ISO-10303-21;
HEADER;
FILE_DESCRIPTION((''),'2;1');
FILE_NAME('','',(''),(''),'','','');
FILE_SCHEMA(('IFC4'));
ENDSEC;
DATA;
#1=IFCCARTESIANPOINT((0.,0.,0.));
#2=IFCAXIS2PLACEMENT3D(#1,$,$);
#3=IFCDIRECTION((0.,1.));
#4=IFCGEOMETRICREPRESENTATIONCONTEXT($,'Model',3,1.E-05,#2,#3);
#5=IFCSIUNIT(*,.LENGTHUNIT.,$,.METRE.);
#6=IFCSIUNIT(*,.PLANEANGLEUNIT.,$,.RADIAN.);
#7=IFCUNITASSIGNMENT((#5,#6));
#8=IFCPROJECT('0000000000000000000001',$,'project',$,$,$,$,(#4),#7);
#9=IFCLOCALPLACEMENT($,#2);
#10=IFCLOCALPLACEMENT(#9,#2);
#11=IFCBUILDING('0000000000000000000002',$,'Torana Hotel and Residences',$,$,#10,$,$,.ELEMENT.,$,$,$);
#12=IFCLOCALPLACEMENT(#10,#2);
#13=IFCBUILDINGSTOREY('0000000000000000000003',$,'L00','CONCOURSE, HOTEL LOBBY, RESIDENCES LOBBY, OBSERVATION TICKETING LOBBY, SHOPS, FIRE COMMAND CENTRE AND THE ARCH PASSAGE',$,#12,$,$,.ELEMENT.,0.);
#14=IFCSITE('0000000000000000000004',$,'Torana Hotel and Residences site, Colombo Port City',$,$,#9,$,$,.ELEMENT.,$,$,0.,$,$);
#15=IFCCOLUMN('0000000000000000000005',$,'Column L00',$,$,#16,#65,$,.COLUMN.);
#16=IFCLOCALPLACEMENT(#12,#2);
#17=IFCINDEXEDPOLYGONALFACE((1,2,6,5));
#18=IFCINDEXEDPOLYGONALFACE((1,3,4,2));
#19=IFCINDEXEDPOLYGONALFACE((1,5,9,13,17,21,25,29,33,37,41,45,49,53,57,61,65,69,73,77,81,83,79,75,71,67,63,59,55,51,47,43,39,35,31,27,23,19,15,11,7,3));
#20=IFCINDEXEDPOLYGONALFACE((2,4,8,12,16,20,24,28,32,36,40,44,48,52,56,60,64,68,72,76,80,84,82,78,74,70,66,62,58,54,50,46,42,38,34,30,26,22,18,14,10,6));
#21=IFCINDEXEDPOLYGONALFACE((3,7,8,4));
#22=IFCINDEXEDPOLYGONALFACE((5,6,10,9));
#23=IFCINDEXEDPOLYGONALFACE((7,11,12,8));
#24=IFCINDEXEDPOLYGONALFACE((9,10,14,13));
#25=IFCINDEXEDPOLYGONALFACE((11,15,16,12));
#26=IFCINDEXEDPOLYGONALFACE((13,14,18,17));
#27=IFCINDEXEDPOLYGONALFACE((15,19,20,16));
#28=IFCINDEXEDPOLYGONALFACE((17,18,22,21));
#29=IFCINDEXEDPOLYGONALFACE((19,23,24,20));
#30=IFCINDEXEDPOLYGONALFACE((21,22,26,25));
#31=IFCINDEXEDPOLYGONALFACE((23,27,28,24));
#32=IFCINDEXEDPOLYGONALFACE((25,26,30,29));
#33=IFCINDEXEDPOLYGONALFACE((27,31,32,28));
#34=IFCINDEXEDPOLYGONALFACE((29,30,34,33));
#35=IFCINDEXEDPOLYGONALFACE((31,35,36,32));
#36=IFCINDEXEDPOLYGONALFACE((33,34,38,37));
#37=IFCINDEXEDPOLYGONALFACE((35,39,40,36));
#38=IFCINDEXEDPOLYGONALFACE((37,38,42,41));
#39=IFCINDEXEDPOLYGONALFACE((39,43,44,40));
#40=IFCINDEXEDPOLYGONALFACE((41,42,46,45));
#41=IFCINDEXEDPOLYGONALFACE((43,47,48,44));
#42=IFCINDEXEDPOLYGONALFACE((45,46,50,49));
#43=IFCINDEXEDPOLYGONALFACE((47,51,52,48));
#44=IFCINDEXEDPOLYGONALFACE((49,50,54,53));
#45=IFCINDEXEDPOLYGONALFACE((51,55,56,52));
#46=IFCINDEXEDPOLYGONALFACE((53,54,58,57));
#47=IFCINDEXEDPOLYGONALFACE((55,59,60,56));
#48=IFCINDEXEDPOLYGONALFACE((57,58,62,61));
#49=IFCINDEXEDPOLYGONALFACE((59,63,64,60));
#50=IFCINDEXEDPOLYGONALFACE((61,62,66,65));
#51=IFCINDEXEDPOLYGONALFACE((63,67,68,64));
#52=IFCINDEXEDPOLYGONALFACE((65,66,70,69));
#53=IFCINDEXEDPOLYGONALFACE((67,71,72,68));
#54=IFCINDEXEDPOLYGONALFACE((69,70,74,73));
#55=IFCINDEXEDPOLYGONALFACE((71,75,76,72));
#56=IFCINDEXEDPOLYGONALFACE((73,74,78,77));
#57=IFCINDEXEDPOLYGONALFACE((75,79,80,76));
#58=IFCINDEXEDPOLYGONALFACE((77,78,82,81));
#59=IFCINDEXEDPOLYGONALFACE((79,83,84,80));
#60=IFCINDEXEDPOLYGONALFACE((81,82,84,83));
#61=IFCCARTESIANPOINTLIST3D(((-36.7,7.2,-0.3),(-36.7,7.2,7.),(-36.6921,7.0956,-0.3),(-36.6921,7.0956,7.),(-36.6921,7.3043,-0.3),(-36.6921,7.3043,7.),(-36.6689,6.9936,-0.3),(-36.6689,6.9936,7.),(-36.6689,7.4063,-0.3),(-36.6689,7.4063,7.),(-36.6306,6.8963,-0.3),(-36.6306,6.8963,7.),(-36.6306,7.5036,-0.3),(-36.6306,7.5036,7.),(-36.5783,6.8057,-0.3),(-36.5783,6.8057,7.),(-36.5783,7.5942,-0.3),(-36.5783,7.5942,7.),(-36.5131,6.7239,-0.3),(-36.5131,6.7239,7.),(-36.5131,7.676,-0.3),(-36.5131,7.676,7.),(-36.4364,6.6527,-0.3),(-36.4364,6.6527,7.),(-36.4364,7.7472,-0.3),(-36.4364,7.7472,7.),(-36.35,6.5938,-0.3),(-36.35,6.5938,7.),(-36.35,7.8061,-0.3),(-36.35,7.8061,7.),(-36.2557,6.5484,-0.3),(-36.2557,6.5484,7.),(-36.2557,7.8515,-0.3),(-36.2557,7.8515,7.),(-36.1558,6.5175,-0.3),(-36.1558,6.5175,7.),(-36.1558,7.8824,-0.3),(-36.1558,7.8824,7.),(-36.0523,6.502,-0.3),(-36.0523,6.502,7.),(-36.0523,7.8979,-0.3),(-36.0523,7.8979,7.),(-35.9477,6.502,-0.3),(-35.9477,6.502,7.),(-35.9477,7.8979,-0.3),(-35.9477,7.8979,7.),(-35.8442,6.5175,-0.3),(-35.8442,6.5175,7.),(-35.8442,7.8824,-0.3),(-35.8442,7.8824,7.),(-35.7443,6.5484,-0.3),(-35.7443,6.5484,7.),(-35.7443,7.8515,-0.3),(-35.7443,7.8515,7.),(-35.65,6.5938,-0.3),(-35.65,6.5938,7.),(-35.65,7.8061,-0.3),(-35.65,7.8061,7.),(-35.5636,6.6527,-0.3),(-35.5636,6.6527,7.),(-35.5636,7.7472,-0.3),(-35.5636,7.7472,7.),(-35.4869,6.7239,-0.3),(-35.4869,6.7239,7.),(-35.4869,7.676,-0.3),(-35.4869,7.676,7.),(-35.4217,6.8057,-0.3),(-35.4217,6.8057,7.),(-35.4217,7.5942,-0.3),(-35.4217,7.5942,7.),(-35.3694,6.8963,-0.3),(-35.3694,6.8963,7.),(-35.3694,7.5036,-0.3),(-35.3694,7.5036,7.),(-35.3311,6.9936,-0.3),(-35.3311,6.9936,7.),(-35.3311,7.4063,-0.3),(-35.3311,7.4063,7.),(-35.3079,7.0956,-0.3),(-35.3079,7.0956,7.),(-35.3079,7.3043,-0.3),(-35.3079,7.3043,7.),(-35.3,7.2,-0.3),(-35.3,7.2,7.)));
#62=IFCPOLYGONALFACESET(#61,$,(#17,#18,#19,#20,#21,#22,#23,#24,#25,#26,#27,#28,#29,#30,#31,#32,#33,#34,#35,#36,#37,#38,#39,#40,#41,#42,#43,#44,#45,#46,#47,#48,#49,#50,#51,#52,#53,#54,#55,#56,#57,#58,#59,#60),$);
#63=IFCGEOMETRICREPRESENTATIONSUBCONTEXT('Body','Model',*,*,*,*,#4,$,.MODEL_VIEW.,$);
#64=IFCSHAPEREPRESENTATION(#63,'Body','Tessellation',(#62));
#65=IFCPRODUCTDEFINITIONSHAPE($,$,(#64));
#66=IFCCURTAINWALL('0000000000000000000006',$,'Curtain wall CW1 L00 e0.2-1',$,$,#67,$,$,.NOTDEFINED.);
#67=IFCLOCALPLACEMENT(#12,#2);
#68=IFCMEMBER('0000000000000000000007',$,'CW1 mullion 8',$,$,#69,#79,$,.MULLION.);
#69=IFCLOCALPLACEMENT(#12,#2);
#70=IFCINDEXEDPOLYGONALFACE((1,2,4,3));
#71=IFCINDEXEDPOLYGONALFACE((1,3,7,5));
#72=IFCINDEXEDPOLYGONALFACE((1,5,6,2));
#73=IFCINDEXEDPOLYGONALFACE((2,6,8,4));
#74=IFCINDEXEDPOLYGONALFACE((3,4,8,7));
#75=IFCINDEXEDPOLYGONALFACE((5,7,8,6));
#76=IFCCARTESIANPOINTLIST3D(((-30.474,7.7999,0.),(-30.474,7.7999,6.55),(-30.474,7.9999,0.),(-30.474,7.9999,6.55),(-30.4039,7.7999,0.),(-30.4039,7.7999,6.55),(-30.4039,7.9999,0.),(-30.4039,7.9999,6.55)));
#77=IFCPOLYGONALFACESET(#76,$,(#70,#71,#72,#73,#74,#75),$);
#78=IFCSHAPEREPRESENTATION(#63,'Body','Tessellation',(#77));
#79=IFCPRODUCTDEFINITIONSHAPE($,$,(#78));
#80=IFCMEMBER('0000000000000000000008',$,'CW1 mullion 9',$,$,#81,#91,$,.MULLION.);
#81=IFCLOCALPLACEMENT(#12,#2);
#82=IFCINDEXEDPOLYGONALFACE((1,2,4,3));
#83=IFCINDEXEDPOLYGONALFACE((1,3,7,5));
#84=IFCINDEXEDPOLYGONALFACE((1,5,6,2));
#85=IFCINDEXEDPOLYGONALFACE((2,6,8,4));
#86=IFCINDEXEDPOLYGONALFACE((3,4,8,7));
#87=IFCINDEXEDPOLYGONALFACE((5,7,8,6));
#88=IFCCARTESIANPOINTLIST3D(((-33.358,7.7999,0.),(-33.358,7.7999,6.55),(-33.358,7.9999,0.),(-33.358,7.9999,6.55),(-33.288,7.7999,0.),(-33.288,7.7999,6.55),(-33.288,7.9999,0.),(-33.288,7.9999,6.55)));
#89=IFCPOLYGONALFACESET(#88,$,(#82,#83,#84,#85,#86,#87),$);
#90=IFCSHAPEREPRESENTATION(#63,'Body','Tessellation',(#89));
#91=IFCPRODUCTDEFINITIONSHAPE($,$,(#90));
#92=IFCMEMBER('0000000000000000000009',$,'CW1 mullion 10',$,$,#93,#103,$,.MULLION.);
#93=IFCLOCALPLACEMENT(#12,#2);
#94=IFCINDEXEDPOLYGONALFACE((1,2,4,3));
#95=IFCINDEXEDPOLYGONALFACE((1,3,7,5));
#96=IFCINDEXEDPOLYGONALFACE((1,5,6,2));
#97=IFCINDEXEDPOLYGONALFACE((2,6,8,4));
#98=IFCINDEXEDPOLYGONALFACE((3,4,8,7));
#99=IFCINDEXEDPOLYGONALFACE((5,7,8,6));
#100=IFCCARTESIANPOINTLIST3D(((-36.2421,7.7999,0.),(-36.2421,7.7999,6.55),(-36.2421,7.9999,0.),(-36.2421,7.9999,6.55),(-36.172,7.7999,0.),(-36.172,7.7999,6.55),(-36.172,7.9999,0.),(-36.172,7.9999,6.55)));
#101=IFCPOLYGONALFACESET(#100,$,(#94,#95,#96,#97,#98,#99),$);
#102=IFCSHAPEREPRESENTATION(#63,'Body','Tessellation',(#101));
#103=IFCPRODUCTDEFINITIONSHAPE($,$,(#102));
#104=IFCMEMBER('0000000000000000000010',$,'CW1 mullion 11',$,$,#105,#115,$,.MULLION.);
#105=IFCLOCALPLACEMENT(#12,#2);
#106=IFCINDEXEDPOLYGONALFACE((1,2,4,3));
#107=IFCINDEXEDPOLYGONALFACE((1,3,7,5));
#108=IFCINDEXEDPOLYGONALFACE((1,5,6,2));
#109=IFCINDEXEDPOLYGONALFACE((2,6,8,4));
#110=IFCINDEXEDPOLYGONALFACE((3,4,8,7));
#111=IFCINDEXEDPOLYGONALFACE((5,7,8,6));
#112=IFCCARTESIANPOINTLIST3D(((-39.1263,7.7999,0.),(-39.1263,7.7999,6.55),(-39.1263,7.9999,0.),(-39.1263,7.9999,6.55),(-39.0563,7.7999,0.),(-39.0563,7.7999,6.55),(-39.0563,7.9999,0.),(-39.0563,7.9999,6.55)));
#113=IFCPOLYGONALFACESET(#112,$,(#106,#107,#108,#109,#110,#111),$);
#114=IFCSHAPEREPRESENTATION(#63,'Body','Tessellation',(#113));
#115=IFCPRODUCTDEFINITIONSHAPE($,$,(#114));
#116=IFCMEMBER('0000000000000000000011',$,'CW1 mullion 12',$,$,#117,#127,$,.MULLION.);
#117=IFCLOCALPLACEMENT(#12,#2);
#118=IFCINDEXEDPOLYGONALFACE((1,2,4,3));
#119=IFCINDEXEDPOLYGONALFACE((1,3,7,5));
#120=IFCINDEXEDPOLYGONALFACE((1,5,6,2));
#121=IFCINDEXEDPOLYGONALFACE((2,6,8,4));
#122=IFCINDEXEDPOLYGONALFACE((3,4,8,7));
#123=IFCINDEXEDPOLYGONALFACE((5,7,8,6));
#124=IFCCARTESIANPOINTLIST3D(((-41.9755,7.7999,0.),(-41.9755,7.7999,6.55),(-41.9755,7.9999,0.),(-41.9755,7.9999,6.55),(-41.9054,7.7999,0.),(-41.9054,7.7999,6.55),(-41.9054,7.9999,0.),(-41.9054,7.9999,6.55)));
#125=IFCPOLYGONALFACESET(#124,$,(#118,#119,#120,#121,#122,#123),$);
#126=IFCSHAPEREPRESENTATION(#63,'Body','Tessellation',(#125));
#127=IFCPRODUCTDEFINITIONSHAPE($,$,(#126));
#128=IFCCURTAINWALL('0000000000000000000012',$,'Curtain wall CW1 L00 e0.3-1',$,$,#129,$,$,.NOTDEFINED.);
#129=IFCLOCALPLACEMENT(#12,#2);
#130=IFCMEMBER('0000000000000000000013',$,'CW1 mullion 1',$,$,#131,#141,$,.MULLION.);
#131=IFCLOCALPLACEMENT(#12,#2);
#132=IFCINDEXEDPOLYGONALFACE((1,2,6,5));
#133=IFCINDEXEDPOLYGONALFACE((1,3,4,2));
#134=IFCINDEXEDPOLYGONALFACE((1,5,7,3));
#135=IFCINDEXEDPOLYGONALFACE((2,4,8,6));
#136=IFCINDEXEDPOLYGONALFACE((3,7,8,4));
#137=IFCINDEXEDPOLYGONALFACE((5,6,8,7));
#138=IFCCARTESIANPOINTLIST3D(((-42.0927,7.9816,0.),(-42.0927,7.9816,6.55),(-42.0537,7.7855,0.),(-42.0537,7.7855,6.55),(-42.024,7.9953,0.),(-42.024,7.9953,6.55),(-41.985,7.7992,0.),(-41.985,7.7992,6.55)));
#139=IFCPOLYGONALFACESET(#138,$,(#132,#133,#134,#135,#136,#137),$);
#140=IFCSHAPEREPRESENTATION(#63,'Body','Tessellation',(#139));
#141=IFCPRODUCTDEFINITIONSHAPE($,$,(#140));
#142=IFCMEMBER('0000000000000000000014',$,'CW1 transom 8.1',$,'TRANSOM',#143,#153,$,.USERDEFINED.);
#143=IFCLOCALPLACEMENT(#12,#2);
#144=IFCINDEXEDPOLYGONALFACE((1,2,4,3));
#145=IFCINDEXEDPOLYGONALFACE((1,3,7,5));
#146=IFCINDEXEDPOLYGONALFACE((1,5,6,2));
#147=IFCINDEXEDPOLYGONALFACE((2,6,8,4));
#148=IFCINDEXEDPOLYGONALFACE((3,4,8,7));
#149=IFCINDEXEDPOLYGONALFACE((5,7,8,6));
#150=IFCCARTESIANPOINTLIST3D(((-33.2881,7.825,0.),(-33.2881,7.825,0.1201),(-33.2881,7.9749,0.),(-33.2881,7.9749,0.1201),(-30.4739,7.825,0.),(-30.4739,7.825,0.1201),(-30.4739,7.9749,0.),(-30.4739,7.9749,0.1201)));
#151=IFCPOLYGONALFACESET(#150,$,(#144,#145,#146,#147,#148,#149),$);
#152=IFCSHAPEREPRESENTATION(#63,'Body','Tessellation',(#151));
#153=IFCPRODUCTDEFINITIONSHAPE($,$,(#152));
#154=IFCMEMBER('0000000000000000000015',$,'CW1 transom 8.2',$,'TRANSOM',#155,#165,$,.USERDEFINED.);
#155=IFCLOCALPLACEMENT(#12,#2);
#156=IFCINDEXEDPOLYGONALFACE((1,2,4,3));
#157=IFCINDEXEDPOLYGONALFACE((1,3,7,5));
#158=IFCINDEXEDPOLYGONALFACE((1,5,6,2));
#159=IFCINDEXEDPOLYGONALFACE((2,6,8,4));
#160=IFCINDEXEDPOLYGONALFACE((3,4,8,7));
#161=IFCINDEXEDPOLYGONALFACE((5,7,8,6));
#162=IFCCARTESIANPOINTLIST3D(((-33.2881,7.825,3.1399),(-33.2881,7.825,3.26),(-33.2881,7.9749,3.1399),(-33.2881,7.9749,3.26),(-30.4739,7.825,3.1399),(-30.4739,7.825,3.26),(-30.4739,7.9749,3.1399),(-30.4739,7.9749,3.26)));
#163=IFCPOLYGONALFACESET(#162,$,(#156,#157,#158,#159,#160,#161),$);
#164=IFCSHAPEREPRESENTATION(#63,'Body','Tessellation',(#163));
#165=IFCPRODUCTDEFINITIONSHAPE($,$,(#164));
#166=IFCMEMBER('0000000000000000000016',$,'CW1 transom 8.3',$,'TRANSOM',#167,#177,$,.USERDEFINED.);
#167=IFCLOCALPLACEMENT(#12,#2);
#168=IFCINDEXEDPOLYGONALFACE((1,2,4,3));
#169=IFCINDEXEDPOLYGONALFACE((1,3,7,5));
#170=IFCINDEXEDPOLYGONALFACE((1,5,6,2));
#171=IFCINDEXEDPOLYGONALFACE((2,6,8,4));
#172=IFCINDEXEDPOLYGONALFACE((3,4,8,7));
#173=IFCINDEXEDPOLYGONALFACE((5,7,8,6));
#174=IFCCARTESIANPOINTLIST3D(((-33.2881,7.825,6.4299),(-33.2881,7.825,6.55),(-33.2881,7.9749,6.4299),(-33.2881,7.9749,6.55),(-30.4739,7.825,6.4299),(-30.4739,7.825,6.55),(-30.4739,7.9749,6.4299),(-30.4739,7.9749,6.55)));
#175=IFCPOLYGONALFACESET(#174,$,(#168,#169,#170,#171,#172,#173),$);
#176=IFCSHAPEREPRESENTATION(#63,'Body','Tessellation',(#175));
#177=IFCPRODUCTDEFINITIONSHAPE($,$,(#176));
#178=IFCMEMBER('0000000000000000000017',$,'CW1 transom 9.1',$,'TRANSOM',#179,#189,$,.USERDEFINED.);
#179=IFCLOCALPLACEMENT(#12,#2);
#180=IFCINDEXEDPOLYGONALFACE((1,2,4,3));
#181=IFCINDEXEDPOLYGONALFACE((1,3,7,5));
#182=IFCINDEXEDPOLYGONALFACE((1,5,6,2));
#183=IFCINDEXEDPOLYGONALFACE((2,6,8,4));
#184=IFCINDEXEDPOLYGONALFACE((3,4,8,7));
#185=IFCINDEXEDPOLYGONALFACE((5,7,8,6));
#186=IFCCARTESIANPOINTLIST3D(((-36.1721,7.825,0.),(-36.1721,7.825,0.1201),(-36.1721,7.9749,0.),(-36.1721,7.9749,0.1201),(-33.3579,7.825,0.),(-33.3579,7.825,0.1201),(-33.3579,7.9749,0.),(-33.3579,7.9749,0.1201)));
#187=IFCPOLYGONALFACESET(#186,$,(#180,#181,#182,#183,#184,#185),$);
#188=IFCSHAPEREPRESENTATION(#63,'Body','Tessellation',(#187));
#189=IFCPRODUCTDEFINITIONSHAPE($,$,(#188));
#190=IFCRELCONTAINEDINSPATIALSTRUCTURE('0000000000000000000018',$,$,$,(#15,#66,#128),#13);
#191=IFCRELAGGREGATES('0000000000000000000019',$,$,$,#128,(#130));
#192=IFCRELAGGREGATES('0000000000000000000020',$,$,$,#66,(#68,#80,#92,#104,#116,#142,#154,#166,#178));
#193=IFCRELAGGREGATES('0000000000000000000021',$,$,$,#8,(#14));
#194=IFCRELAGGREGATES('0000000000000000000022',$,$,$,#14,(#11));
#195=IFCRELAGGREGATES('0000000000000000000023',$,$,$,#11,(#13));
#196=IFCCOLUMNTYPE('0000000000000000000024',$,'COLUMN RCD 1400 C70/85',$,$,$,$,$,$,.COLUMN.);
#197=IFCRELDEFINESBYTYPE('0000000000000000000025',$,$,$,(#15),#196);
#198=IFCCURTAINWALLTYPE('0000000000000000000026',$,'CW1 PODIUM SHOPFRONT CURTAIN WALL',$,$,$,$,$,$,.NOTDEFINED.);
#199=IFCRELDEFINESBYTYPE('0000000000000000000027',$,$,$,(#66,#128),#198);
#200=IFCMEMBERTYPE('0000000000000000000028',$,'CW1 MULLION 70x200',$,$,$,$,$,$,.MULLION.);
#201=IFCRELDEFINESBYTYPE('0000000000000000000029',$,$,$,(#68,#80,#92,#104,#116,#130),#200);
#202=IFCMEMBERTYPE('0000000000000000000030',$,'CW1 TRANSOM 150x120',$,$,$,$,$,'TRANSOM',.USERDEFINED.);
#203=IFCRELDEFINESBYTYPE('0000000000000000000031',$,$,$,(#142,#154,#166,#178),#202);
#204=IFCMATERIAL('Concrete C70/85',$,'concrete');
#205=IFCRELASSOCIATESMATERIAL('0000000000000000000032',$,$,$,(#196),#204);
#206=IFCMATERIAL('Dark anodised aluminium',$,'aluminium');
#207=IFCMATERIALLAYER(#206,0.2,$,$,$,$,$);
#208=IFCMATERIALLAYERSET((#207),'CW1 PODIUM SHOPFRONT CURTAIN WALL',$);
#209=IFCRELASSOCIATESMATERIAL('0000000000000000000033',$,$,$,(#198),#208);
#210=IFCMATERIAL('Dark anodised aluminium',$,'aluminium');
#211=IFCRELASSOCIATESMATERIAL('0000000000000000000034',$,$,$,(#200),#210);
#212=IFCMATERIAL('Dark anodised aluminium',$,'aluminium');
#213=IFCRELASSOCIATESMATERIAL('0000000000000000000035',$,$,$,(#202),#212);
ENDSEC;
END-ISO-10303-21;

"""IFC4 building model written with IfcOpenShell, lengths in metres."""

from ifc_helpers import new_model, si_unit, direction, frame, origin, origin_2d, place, context, subcontext, project, spatial, rectangle, circle, extrude, material, layer, layer_set, material_profile, profile_set, type_object, element, aggregate, save


model = new_model("IFC4")

# Units and contexts
model_context = context("Model", 3, precision=1e-05, world=origin(), true_north=direction((0.0, 1.0)))
body_context = subcontext(model_context, "Body", "Model", "MODEL_VIEW")
ifc_project = project(units=[si_unit("LENGTHUNIT", "METRE"), si_unit("PLANEANGLEUNIT", "RADIAN")], contexts=[model_context])

# Site, building, storey
site_placement = place(None, origin())
site = spatial("IfcSite", under=ifc_project, at=site_placement, Name="Torana Hotel and Residences site, Colombo Port City", CompositionType="ELEMENT", RefElevation=0.0)
building_placement = place(site_placement, origin())
building = spatial("IfcBuilding", under=site, at=building_placement, Name="Torana Hotel and Residences", CompositionType="ELEMENT")
storey_placement = place(building_placement, origin())
storey = spatial("IfcBuildingStorey", under=building, at=storey_placement, Name="L00", Description="CONCOURSE, HOTEL LOBBY, RESIDENCES LOBBY, OBSERVATION TICKETING LOBBY, SHOPS, FIRE COMMAND CENTRE AND THE ARCH PASSAGE", CompositionType="ELEMENT", Elevation=0.0)

# Column
ifc_material_1 = material(Name="Concrete C70/85", Category="concrete")
ifc_material_profile_1 = material_profile(ifc_material_1, circle(Radius=0.7, at=origin_2d()), Name="RCD 1400")
ifc_profile_set_1 = profile_set([ifc_material_profile_1], Name="Concrete C70/85")
column_type = type_object("IfcColumnType", Name="COLUMN RCD 1400 C70/85", PredefinedType="COLUMN", material=ifc_profile_set_1)
column_placement = place(storey_placement, frame((-36.0, 7.2, -0.3), z_axis=(0.0, 0.0, 1.0), x_axis=(1.0, 0.0, 0.0)))
element("IfcColumn", 1, at=column_placement, inside=storey, type_object=column_type, Name="Column L00", PredefinedType="COLUMN", context=body_context, shape_type="SweptSolid", body=[
    extrude(circle(Radius=0.7, at=origin_2d()), origin(), (0.0, 0.0, 1.0), 7.3),
])

# Curtain wall, members
ifc_material_2 = material(Name="Dark anodised aluminium", Category="aluminium")
ifc_layer_1 = layer(ifc_material_2, 0.2)
ifc_layer_set_1 = layer_set([ifc_layer_1], Name="CW1 PODIUM SHOPFRONT CURTAIN WALL")
curtain_wall_type = type_object("IfcCurtainWallType", Name="CW1 PODIUM SHOPFRONT CURTAIN WALL", PredefinedType="NOTDEFINED", material=ifc_layer_set_1)
curtain_wall_1_placement = place(storey_placement, origin())
curtain_wall_1 = element("IfcCurtainWall", 2, at=curtain_wall_1_placement, inside=storey, type_object=curtain_wall_type, Name="Curtain wall CW1 L00 e0.2-1", PredefinedType="NOTDEFINED")
ifc_material_3 = material(Name="Dark anodised aluminium", Category="aluminium")
ifc_material_profile_2 = material_profile(ifc_material_3, rectangle(XDim=0.2, YDim=0.0701, at=origin_2d()), Name="CW1 MULLION 70x200")
ifc_profile_set_2 = profile_set([ifc_material_profile_2], Name="Dark anodised aluminium")
member_type_1 = type_object("IfcMemberType", Name="CW1 MULLION 70x200", PredefinedType="MULLION", material=ifc_profile_set_2)
member_1_placement = place(storey_placement, frame((-30.439, 7.8999, 0.0), z_axis=(0.0, 0.0, 1.0), x_axis=(0.0, -1.0, 0.0)))
member_1 = element("IfcMember", 3, at=member_1_placement, type_object=member_type_1, Name="CW1 mullion 8", PredefinedType="MULLION", context=body_context, shape_type="SweptSolid", body=[
    extrude(rectangle(XDim=0.2, YDim=0.0701, at=origin_2d()), origin(), (0.0, 0.0, 1.0), 6.55),
])
member_2_placement = place(storey_placement, frame((-33.323, 7.8999, 0.0), z_axis=(0.0, 0.0, 1.0), x_axis=(0.0, -1.0, 0.0)))
member_2 = element("IfcMember", 4, at=member_2_placement, type_object=member_type_1, Name="CW1 mullion 9", PredefinedType="MULLION", context=body_context, shape_type="SweptSolid", body=[
    extrude(rectangle(XDim=0.2, YDim=0.0701, at=origin_2d()), origin(), (0.0, 0.0, 1.0), 6.55),
])
member_3_placement = place(storey_placement, frame((-36.207, 7.8999, 0.0), z_axis=(0.0, 0.0, 1.0), x_axis=(0.0, -1.0, 0.0)))
member_3 = element("IfcMember", 5, at=member_3_placement, type_object=member_type_1, Name="CW1 mullion 10", PredefinedType="MULLION", context=body_context, shape_type="SweptSolid", body=[
    extrude(rectangle(XDim=0.2, YDim=0.0701, at=origin_2d()), origin(), (0.0, 0.0, 1.0), 6.55),
])
member_4_placement = place(storey_placement, frame((-39.0913, 7.8999, 0.0), z_axis=(0.0, 0.0, 1.0), x_axis=(0.0, -1.0, 0.0)))
member_4 = element("IfcMember", 6, at=member_4_placement, type_object=member_type_1, Name="CW1 mullion 11", PredefinedType="MULLION", context=body_context, shape_type="SweptSolid", body=[
    extrude(rectangle(XDim=0.2, YDim=0.0701, at=origin_2d()), origin(), (0.0, 0.0, 1.0), 6.55),
])
member_5_placement = place(storey_placement, frame((-41.9404, 7.8999, 0.0), z_axis=(0.0, 0.0, 1.0), x_axis=(0.0, -1.0, 0.0)))
member_5 = element("IfcMember", 7, at=member_5_placement, type_object=member_type_1, Name="CW1 mullion 12", PredefinedType="MULLION", context=body_context, shape_type="SweptSolid", body=[
    extrude(rectangle(XDim=0.2, YDim=0.0701, at=origin_2d()), origin(), (0.0, 0.0, 1.0), 6.55),
])

# Curtain wall, member
curtain_wall_2_placement = place(storey_placement, origin())
curtain_wall_2 = element("IfcCurtainWall", 8, at=curtain_wall_2_placement, inside=storey, type_object=curtain_wall_type, Name="Curtain wall CW1 L00 e0.3-1", PredefinedType="NOTDEFINED")
member_6_placement = place(storey_placement, frame((-42.0388, 7.8904, 0.0), z_axis=(0.0, 0.0, 1.0), x_axis=(0.195081, -0.980787, 0.0)))
member_6 = element("IfcMember", 9, at=member_6_placement, type_object=member_type_1, Name="CW1 mullion 1", PredefinedType="MULLION", context=body_context, shape_type="SweptSolid", body=[
    extrude(rectangle(XDim=0.2, YDim=0.0701, at=origin_2d()), origin(), (0.0, 0.0, 1.0), 6.55),
])
aggregate(curtain_wall_2, [member_6])

# Members
ifc_material_4 = material(Name="Dark anodised aluminium", Category="aluminium")
ifc_material_profile_3 = material_profile(ifc_material_4, rectangle(XDim=0.1499, YDim=0.1201, at=origin_2d()), Name="CW1 TRANSOM 150x120")
ifc_profile_set_3 = profile_set([ifc_material_profile_3], Name="Dark anodised aluminium")
member_type_2 = type_object("IfcMemberType", Name="CW1 TRANSOM 150x120", ElementType="TRANSOM", PredefinedType="USERDEFINED", material=ifc_profile_set_3)
member_7_placement = place(storey_placement, frame((-30.4739, 7.8999, 0.0601), z_axis=(-1.0, 0.0, 0.0), x_axis=(0.0, -1.0, 0.0)))
member_7 = element("IfcMember", 10, at=member_7_placement, type_object=member_type_2, Name="CW1 transom 8.1", ObjectType="TRANSOM", PredefinedType="USERDEFINED", context=body_context, shape_type="SweptSolid", body=[
    extrude(rectangle(XDim=0.1499, YDim=0.1201, at=origin_2d()), origin(), (0.0, 0.0, 1.0), 2.8142),
])
member_8_placement = place(storey_placement, frame((-30.4739, 7.8999, 3.2), z_axis=(-1.0, 0.0, 0.0), x_axis=(0.0, -1.0, 0.0)))
member_8 = element("IfcMember", 11, at=member_8_placement, type_object=member_type_2, Name="CW1 transom 8.2", ObjectType="TRANSOM", PredefinedType="USERDEFINED", context=body_context, shape_type="SweptSolid", body=[
    extrude(rectangle(XDim=0.1499, YDim=0.1201, at=origin_2d()), origin(), (0.0, 0.0, 1.0), 2.8142),
])
member_9_placement = place(storey_placement, frame((-30.4739, 7.8999, 6.49), z_axis=(-1.0, 0.0, 0.0), x_axis=(0.0, -1.0, 0.0)))
member_9 = element("IfcMember", 12, at=member_9_placement, type_object=member_type_2, Name="CW1 transom 8.3", ObjectType="TRANSOM", PredefinedType="USERDEFINED", context=body_context, shape_type="SweptSolid", body=[
    extrude(rectangle(XDim=0.1499, YDim=0.1201, at=origin_2d()), origin(), (0.0, 0.0, 1.0), 2.8142),
])
member_10_placement = place(storey_placement, frame((-33.3579, 7.8999, 0.0601), z_axis=(-1.0, 0.0, 0.0), x_axis=(0.0, -1.0, 0.0)))
member_10 = element("IfcMember", 13, at=member_10_placement, type_object=member_type_2, Name="CW1 transom 9.1", ObjectType="TRANSOM", PredefinedType="USERDEFINED", context=body_context, shape_type="SweptSolid", body=[
    extrude(rectangle(XDim=0.1499, YDim=0.1201, at=origin_2d()), origin(), (0.0, 0.0, 1.0), 2.8142),
])

aggregate(curtain_wall_1, [member_1, member_2, member_3, member_4, member_5, member_7, member_8, member_9, member_10])

save(model, "model.ifc")
